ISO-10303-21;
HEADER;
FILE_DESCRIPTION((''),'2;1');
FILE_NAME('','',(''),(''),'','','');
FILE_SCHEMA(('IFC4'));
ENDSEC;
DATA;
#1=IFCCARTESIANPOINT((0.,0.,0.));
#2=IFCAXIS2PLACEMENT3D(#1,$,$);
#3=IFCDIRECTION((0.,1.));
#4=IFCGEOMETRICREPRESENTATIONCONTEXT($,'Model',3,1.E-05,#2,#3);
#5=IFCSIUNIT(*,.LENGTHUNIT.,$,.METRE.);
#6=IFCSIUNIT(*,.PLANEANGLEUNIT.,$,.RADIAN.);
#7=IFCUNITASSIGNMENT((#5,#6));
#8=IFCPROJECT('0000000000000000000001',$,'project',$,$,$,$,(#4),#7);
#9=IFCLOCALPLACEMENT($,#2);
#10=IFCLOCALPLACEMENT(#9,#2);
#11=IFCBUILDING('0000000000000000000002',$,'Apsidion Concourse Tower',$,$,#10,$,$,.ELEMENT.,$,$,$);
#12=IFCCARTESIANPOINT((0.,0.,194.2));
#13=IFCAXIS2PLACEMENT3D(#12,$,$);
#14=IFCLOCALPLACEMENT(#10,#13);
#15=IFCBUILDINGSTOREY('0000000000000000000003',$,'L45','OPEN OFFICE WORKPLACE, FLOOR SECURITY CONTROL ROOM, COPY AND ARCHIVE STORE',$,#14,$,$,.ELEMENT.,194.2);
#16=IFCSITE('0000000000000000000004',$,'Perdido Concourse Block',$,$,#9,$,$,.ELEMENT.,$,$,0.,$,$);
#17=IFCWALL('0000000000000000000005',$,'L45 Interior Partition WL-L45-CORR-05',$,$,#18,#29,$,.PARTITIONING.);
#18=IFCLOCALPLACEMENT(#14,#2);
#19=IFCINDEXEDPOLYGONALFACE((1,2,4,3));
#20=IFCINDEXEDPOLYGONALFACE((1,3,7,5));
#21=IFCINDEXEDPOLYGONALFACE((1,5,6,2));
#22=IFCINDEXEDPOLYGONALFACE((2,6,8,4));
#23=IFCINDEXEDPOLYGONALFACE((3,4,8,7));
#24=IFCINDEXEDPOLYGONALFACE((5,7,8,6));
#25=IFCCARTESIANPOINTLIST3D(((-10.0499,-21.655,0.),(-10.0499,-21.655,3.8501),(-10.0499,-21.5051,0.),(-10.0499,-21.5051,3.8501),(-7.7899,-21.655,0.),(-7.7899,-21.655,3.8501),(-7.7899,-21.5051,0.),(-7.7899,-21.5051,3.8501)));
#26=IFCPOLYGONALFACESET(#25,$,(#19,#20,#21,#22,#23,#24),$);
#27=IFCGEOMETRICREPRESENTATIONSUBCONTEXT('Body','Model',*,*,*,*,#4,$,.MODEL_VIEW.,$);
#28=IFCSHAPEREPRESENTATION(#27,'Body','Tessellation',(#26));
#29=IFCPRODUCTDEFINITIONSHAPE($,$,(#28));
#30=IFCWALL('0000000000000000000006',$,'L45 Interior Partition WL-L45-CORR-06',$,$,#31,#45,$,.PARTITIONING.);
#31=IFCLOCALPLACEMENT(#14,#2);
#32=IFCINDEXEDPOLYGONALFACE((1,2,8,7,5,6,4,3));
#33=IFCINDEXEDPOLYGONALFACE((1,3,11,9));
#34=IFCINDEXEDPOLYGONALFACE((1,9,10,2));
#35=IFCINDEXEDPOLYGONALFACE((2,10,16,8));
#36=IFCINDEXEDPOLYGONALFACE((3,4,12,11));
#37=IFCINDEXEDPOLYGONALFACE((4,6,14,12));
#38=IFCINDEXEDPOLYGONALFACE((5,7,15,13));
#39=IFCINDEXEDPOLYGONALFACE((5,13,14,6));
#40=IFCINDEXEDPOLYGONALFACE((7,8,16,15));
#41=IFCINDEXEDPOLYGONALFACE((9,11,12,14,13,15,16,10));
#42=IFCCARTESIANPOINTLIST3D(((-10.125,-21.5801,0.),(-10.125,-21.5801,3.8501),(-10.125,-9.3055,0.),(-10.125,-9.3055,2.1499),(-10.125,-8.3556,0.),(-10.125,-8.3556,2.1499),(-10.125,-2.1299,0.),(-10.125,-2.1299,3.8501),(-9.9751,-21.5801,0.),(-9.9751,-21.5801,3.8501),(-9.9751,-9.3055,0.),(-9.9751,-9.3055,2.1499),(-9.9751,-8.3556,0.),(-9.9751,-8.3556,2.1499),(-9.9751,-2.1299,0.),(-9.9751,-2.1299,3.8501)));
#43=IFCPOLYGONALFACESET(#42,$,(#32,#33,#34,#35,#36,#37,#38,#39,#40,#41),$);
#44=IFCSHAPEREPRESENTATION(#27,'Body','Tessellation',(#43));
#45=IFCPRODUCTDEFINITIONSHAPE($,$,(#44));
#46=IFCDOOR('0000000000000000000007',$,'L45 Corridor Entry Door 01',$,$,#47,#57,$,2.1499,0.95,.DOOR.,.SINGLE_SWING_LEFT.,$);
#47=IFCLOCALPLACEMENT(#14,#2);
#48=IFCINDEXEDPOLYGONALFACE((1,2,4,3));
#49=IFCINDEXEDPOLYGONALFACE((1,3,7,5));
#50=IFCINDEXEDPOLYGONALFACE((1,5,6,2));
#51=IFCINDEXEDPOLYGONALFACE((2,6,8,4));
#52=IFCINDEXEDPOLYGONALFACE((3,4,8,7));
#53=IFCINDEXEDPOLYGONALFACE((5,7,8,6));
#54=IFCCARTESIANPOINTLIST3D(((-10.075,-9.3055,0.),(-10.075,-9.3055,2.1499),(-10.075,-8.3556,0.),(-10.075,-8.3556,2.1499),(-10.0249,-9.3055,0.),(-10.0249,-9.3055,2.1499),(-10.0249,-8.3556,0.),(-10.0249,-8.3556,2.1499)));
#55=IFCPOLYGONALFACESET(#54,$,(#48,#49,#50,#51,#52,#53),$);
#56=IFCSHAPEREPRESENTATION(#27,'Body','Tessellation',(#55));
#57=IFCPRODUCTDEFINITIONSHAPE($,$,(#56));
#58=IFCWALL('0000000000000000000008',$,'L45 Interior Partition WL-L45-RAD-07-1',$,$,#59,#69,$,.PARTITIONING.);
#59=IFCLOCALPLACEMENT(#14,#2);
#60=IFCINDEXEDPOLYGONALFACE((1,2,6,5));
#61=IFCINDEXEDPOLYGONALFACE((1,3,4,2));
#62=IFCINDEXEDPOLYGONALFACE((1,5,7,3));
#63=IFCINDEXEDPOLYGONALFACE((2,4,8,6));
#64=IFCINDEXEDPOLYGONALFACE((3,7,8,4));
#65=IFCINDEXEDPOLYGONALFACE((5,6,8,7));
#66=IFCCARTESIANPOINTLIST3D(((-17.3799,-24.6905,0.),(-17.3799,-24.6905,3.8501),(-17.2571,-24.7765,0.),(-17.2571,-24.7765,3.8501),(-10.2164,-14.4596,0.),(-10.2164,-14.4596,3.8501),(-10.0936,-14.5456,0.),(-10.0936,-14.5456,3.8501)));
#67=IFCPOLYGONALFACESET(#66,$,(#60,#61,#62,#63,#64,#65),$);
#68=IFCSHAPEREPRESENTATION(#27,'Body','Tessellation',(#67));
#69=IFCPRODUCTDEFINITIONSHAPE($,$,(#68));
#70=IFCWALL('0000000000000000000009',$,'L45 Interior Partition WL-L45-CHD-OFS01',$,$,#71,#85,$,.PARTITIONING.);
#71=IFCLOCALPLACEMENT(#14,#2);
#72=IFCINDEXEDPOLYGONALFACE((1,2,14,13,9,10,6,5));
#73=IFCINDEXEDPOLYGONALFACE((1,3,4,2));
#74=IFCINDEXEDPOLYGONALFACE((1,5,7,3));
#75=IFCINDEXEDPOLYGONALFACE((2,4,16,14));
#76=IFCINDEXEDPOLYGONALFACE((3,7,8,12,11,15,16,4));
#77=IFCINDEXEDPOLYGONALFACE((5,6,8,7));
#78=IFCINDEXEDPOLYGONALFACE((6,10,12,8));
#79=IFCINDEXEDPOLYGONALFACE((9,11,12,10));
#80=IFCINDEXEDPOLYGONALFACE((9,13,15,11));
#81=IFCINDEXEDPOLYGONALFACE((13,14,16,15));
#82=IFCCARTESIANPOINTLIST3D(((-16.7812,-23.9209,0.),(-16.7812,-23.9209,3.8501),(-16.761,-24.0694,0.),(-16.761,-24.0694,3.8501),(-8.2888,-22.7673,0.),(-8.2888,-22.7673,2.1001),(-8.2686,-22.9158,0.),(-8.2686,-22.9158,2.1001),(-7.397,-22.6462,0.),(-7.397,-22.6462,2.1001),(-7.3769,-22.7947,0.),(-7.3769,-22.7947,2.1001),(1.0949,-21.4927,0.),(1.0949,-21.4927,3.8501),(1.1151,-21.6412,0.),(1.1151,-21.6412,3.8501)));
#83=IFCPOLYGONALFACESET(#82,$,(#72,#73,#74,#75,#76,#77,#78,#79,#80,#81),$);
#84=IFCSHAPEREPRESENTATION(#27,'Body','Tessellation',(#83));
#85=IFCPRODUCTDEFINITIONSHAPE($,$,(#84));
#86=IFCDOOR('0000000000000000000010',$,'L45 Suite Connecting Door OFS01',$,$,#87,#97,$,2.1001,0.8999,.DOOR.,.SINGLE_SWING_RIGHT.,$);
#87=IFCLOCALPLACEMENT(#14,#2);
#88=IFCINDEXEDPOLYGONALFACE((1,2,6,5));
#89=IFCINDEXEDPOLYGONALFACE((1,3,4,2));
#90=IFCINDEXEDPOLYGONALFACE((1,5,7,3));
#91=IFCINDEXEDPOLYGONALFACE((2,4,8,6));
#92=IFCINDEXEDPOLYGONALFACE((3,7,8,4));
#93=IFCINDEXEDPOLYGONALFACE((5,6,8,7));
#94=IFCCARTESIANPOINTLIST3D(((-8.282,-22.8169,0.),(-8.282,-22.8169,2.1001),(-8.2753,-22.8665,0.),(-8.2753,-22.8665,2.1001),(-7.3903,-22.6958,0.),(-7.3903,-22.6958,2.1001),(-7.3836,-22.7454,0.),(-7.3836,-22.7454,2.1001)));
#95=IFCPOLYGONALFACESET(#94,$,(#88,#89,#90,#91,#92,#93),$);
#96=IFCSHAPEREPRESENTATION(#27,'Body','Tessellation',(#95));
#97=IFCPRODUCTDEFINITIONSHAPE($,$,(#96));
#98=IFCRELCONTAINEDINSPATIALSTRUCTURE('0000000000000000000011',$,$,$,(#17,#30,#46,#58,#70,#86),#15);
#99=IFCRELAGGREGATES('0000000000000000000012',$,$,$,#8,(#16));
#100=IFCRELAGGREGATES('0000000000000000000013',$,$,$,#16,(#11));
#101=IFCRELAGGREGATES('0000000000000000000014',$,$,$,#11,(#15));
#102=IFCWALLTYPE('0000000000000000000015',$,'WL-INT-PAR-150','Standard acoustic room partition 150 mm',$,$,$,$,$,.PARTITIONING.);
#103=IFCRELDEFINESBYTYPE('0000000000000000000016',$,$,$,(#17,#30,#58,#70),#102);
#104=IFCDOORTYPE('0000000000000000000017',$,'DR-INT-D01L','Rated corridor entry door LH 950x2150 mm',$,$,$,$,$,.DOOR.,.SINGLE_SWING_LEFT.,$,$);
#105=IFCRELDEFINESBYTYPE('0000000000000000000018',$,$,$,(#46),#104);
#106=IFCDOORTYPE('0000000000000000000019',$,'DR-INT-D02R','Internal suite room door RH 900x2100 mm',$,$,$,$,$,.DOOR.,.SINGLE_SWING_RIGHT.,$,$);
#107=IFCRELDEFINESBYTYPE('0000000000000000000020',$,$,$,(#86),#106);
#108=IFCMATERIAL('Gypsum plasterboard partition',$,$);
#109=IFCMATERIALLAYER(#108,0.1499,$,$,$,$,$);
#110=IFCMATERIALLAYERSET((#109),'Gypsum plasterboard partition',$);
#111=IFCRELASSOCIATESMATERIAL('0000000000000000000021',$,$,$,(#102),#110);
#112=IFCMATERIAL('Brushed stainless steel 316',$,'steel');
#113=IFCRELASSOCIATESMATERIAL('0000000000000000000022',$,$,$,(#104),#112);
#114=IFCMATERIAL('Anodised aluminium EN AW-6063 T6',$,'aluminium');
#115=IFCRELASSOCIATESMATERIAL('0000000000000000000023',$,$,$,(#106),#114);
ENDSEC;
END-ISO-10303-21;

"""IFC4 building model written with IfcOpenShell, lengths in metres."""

from ifc_helpers import new_model, si_unit, direction, frame, frame_2d, origin, place, context, subcontext, project, spatial, rectangle, extrude, material, layer, layer_set, type_object, element, fill, save


model = new_model("IFC4")

# Units and contexts
model_context = context("Model", 3, precision=1e-05, world=origin(), true_north=direction((0.0, 1.0)))
body_context = subcontext(model_context, "Body", "Model", "MODEL_VIEW")
ifc_project = project(units=[si_unit("LENGTHUNIT", "METRE"), si_unit("PLANEANGLEUNIT", "RADIAN")], contexts=[model_context])

# Site, building, storey
site_placement = place(None, origin())
site = spatial("IfcSite", under=ifc_project, at=site_placement, Name="Perdido Concourse Block", CompositionType="ELEMENT", RefElevation=0.0)
building_placement = place(site_placement, origin())
building = spatial("IfcBuilding", under=site, at=building_placement, Name="Apsidion Concourse Tower", CompositionType="ELEMENT")
storey_placement = place(building_placement, frame((0.0, 0.0, 194.2)))
storey = spatial("IfcBuildingStorey", under=building, at=storey_placement, Name="L45", Description="OPEN OFFICE WORKPLACE, FLOOR SECURITY CONTROL ROOM, COPY AND ARCHIVE STORE", CompositionType="ELEMENT", Elevation=194.2)

# Shared definitions
ifc_material_1 = material(Name="Gypsum plasterboard partition")
ifc_layer = layer(ifc_material_1, 0.1499)
ifc_layer_set = layer_set([ifc_layer], Name="Gypsum plasterboard partition")
wall_type = type_object("IfcWallType", Name="WL-INT-PAR-150", Description="Standard acoustic room partition 150 mm", PredefinedType="PARTITIONING", material=ifc_layer_set)
ifc_material_2 = material(Name="Brushed stainless steel 316", Category="steel")

# Wall
wall_1_placement = place(storey_placement, frame((-7.79, -21.5801, 0.0), z_axis=(0.0, 0.0, 1.0), x_axis=(-1.0, 0.0, 0.0)))
element("IfcWall", 1, at=wall_1_placement, inside=storey, type_object=wall_type, Name="L45 Interior Partition WL-L45-CORR-05", PredefinedType="PARTITIONING", context=body_context, shape_type="SweptSolid", body=[
    extrude(rectangle(XDim=2.26, YDim=0.1499, at=frame_2d((1.1299, 0.0))), origin(), (0.0, 0.0, 1.0), 3.8501),
])

# Wall, opening, door
wall_2_placement = place(storey_placement, frame((-10.05, -21.5801, 0.0), z_axis=(0.0, 0.0, 1.0), x_axis=(0.0, 1.0, 0.0)))
wall_2 = element("IfcWall", 2, at=wall_2_placement, inside=storey, type_object=wall_type, Name="L45 Interior Partition WL-L45-CORR-06", PredefinedType="PARTITIONING", context=body_context, shape_type="SweptSolid", body=[
    extrude(rectangle(XDim=19.4502, YDim=0.1499, at=frame_2d((9.7251, 0.0))), origin(), (0.0, 0.0, 1.0), 3.8501),
])
opening_1_placement = place(wall_2_placement, frame((12.2744, 0.0, 0.0)))
opening_1 = element("IfcOpeningElement", 3, at=opening_1_placement, cuts=wall_2, PredefinedType="OPENING", context=body_context, shape_type="SweptSolid", body=[
    extrude(rectangle(XDim=0.95, YDim=2.1499, at=frame_2d((0.4751, 1.075))), frame((0.0, 0.085, 0.0), z_axis=(0.0, -1.0, 0.0), x_axis=(1.0, 0.0, 0.0)), (0.0, 0.0, 1.0), 0.1699),
])
door_type_1 = type_object("IfcDoorType", Name="DR-INT-D01L", Description="Rated corridor entry door LH 950x2150 mm", OperationType="SINGLE_SWING_LEFT", PredefinedType="DOOR", material=ifc_material_2)
door_1_placement = place(opening_1_placement, origin())
door_1 = element("IfcDoor", 4, at=door_1_placement, inside=storey, type_object=door_type_1, Name="L45 Corridor Entry Door 01", OperationType="SINGLE_SWING_LEFT", OverallHeight=2.1499, OverallWidth=0.95, PredefinedType="DOOR", context=body_context, shape_type="SweptSolid", body=[
    extrude(rectangle(XDim=0.95, YDim=2.1499, at=frame_2d((0.4751, 1.075))), frame((0.0, 0.0249, 0.0), z_axis=(0.0, -1.0, 0.0), x_axis=(1.0, 0.0, 0.0)), (0.0, 0.0, 1.0), 0.05),
])
fill(opening_1, door_1)

# Wall
wall_3_placement = place(storey_placement, frame((-10.155, -14.5027, 0.0), z_axis=(0.0, 0.0, 1.0), x_axis=(-0.573565, -0.81916, 0.0)))
element("IfcWall", 5, at=wall_3_placement, inside=storey, type_object=wall_type, Name="L45 Interior Partition WL-L45-RAD-07-1", PredefinedType="PARTITIONING", context=body_context, shape_type="SweptSolid", body=[
    extrude(rectangle(XDim=12.4895, YDim=0.1499, at=frame_2d((6.2446, 0.0))), origin(), (0.0, 0.0, 1.0), 3.8501),
])

# Wall, opening, door
wall_4_placement = place(storey_placement, frame((-16.771, -23.9951, 0.0), z_axis=(0.0, 0.0, 1.0), x_axis=(0.9909, 0.134599, 0.0)))
wall_4 = element("IfcWall", 6, at=wall_4_placement, inside=storey, type_object=wall_type, Name="L45 Interior Partition WL-L45-CHD-OFS01", PredefinedType="PARTITIONING", context=body_context, shape_type="SweptSolid", body=[
    extrude(rectangle(XDim=18.0403, YDim=0.1499, at=frame_2d((9.02, 0.0))), origin(), (0.0, 0.0, 1.0), 3.8501),
])
opening_2_placement = place(wall_4_placement, frame((8.5703, 0.0, 0.0)))
opening_2 = element("IfcOpeningElement", 7, at=opening_2_placement, cuts=wall_4, PredefinedType="OPENING", context=body_context, shape_type="SweptSolid", body=[
    extrude(rectangle(XDim=0.8999, YDim=2.1001, at=frame_2d((0.45, 1.05))), frame((0.0, 0.085, 0.0), z_axis=(0.0, -1.0, 0.0), x_axis=(1.0, 0.0, 0.0)), (0.0, 0.0, 1.0), 0.1699),
])
ifc_material_3 = material(Name="Anodised aluminium EN AW-6063 T6", Category="aluminium")
door_type_2 = type_object("IfcDoorType", Name="DR-INT-D02R", Description="Internal suite room door RH 900x2100 mm", OperationType="SINGLE_SWING_RIGHT", PredefinedType="DOOR", material=ifc_material_3)
door_2_placement = place(opening_2_placement, origin())
door_2 = element("IfcDoor", 8, at=door_2_placement, inside=storey, type_object=door_type_2, Name="L45 Suite Connecting Door OFS01", OperationType="SINGLE_SWING_RIGHT", OverallHeight=2.1001, OverallWidth=0.8999, PredefinedType="DOOR", context=body_context, shape_type="SweptSolid", body=[
    extrude(rectangle(XDim=0.8999, YDim=2.1001, at=frame_2d((0.45, 1.05))), frame((0.0, 0.0249, 0.0), z_axis=(0.0, -1.0, 0.0), x_axis=(1.0, 0.0, 0.0)), (0.0, 0.0, 1.0), 0.05),
])
fill(opening_2, door_2)

save(model, "model.ifc")
